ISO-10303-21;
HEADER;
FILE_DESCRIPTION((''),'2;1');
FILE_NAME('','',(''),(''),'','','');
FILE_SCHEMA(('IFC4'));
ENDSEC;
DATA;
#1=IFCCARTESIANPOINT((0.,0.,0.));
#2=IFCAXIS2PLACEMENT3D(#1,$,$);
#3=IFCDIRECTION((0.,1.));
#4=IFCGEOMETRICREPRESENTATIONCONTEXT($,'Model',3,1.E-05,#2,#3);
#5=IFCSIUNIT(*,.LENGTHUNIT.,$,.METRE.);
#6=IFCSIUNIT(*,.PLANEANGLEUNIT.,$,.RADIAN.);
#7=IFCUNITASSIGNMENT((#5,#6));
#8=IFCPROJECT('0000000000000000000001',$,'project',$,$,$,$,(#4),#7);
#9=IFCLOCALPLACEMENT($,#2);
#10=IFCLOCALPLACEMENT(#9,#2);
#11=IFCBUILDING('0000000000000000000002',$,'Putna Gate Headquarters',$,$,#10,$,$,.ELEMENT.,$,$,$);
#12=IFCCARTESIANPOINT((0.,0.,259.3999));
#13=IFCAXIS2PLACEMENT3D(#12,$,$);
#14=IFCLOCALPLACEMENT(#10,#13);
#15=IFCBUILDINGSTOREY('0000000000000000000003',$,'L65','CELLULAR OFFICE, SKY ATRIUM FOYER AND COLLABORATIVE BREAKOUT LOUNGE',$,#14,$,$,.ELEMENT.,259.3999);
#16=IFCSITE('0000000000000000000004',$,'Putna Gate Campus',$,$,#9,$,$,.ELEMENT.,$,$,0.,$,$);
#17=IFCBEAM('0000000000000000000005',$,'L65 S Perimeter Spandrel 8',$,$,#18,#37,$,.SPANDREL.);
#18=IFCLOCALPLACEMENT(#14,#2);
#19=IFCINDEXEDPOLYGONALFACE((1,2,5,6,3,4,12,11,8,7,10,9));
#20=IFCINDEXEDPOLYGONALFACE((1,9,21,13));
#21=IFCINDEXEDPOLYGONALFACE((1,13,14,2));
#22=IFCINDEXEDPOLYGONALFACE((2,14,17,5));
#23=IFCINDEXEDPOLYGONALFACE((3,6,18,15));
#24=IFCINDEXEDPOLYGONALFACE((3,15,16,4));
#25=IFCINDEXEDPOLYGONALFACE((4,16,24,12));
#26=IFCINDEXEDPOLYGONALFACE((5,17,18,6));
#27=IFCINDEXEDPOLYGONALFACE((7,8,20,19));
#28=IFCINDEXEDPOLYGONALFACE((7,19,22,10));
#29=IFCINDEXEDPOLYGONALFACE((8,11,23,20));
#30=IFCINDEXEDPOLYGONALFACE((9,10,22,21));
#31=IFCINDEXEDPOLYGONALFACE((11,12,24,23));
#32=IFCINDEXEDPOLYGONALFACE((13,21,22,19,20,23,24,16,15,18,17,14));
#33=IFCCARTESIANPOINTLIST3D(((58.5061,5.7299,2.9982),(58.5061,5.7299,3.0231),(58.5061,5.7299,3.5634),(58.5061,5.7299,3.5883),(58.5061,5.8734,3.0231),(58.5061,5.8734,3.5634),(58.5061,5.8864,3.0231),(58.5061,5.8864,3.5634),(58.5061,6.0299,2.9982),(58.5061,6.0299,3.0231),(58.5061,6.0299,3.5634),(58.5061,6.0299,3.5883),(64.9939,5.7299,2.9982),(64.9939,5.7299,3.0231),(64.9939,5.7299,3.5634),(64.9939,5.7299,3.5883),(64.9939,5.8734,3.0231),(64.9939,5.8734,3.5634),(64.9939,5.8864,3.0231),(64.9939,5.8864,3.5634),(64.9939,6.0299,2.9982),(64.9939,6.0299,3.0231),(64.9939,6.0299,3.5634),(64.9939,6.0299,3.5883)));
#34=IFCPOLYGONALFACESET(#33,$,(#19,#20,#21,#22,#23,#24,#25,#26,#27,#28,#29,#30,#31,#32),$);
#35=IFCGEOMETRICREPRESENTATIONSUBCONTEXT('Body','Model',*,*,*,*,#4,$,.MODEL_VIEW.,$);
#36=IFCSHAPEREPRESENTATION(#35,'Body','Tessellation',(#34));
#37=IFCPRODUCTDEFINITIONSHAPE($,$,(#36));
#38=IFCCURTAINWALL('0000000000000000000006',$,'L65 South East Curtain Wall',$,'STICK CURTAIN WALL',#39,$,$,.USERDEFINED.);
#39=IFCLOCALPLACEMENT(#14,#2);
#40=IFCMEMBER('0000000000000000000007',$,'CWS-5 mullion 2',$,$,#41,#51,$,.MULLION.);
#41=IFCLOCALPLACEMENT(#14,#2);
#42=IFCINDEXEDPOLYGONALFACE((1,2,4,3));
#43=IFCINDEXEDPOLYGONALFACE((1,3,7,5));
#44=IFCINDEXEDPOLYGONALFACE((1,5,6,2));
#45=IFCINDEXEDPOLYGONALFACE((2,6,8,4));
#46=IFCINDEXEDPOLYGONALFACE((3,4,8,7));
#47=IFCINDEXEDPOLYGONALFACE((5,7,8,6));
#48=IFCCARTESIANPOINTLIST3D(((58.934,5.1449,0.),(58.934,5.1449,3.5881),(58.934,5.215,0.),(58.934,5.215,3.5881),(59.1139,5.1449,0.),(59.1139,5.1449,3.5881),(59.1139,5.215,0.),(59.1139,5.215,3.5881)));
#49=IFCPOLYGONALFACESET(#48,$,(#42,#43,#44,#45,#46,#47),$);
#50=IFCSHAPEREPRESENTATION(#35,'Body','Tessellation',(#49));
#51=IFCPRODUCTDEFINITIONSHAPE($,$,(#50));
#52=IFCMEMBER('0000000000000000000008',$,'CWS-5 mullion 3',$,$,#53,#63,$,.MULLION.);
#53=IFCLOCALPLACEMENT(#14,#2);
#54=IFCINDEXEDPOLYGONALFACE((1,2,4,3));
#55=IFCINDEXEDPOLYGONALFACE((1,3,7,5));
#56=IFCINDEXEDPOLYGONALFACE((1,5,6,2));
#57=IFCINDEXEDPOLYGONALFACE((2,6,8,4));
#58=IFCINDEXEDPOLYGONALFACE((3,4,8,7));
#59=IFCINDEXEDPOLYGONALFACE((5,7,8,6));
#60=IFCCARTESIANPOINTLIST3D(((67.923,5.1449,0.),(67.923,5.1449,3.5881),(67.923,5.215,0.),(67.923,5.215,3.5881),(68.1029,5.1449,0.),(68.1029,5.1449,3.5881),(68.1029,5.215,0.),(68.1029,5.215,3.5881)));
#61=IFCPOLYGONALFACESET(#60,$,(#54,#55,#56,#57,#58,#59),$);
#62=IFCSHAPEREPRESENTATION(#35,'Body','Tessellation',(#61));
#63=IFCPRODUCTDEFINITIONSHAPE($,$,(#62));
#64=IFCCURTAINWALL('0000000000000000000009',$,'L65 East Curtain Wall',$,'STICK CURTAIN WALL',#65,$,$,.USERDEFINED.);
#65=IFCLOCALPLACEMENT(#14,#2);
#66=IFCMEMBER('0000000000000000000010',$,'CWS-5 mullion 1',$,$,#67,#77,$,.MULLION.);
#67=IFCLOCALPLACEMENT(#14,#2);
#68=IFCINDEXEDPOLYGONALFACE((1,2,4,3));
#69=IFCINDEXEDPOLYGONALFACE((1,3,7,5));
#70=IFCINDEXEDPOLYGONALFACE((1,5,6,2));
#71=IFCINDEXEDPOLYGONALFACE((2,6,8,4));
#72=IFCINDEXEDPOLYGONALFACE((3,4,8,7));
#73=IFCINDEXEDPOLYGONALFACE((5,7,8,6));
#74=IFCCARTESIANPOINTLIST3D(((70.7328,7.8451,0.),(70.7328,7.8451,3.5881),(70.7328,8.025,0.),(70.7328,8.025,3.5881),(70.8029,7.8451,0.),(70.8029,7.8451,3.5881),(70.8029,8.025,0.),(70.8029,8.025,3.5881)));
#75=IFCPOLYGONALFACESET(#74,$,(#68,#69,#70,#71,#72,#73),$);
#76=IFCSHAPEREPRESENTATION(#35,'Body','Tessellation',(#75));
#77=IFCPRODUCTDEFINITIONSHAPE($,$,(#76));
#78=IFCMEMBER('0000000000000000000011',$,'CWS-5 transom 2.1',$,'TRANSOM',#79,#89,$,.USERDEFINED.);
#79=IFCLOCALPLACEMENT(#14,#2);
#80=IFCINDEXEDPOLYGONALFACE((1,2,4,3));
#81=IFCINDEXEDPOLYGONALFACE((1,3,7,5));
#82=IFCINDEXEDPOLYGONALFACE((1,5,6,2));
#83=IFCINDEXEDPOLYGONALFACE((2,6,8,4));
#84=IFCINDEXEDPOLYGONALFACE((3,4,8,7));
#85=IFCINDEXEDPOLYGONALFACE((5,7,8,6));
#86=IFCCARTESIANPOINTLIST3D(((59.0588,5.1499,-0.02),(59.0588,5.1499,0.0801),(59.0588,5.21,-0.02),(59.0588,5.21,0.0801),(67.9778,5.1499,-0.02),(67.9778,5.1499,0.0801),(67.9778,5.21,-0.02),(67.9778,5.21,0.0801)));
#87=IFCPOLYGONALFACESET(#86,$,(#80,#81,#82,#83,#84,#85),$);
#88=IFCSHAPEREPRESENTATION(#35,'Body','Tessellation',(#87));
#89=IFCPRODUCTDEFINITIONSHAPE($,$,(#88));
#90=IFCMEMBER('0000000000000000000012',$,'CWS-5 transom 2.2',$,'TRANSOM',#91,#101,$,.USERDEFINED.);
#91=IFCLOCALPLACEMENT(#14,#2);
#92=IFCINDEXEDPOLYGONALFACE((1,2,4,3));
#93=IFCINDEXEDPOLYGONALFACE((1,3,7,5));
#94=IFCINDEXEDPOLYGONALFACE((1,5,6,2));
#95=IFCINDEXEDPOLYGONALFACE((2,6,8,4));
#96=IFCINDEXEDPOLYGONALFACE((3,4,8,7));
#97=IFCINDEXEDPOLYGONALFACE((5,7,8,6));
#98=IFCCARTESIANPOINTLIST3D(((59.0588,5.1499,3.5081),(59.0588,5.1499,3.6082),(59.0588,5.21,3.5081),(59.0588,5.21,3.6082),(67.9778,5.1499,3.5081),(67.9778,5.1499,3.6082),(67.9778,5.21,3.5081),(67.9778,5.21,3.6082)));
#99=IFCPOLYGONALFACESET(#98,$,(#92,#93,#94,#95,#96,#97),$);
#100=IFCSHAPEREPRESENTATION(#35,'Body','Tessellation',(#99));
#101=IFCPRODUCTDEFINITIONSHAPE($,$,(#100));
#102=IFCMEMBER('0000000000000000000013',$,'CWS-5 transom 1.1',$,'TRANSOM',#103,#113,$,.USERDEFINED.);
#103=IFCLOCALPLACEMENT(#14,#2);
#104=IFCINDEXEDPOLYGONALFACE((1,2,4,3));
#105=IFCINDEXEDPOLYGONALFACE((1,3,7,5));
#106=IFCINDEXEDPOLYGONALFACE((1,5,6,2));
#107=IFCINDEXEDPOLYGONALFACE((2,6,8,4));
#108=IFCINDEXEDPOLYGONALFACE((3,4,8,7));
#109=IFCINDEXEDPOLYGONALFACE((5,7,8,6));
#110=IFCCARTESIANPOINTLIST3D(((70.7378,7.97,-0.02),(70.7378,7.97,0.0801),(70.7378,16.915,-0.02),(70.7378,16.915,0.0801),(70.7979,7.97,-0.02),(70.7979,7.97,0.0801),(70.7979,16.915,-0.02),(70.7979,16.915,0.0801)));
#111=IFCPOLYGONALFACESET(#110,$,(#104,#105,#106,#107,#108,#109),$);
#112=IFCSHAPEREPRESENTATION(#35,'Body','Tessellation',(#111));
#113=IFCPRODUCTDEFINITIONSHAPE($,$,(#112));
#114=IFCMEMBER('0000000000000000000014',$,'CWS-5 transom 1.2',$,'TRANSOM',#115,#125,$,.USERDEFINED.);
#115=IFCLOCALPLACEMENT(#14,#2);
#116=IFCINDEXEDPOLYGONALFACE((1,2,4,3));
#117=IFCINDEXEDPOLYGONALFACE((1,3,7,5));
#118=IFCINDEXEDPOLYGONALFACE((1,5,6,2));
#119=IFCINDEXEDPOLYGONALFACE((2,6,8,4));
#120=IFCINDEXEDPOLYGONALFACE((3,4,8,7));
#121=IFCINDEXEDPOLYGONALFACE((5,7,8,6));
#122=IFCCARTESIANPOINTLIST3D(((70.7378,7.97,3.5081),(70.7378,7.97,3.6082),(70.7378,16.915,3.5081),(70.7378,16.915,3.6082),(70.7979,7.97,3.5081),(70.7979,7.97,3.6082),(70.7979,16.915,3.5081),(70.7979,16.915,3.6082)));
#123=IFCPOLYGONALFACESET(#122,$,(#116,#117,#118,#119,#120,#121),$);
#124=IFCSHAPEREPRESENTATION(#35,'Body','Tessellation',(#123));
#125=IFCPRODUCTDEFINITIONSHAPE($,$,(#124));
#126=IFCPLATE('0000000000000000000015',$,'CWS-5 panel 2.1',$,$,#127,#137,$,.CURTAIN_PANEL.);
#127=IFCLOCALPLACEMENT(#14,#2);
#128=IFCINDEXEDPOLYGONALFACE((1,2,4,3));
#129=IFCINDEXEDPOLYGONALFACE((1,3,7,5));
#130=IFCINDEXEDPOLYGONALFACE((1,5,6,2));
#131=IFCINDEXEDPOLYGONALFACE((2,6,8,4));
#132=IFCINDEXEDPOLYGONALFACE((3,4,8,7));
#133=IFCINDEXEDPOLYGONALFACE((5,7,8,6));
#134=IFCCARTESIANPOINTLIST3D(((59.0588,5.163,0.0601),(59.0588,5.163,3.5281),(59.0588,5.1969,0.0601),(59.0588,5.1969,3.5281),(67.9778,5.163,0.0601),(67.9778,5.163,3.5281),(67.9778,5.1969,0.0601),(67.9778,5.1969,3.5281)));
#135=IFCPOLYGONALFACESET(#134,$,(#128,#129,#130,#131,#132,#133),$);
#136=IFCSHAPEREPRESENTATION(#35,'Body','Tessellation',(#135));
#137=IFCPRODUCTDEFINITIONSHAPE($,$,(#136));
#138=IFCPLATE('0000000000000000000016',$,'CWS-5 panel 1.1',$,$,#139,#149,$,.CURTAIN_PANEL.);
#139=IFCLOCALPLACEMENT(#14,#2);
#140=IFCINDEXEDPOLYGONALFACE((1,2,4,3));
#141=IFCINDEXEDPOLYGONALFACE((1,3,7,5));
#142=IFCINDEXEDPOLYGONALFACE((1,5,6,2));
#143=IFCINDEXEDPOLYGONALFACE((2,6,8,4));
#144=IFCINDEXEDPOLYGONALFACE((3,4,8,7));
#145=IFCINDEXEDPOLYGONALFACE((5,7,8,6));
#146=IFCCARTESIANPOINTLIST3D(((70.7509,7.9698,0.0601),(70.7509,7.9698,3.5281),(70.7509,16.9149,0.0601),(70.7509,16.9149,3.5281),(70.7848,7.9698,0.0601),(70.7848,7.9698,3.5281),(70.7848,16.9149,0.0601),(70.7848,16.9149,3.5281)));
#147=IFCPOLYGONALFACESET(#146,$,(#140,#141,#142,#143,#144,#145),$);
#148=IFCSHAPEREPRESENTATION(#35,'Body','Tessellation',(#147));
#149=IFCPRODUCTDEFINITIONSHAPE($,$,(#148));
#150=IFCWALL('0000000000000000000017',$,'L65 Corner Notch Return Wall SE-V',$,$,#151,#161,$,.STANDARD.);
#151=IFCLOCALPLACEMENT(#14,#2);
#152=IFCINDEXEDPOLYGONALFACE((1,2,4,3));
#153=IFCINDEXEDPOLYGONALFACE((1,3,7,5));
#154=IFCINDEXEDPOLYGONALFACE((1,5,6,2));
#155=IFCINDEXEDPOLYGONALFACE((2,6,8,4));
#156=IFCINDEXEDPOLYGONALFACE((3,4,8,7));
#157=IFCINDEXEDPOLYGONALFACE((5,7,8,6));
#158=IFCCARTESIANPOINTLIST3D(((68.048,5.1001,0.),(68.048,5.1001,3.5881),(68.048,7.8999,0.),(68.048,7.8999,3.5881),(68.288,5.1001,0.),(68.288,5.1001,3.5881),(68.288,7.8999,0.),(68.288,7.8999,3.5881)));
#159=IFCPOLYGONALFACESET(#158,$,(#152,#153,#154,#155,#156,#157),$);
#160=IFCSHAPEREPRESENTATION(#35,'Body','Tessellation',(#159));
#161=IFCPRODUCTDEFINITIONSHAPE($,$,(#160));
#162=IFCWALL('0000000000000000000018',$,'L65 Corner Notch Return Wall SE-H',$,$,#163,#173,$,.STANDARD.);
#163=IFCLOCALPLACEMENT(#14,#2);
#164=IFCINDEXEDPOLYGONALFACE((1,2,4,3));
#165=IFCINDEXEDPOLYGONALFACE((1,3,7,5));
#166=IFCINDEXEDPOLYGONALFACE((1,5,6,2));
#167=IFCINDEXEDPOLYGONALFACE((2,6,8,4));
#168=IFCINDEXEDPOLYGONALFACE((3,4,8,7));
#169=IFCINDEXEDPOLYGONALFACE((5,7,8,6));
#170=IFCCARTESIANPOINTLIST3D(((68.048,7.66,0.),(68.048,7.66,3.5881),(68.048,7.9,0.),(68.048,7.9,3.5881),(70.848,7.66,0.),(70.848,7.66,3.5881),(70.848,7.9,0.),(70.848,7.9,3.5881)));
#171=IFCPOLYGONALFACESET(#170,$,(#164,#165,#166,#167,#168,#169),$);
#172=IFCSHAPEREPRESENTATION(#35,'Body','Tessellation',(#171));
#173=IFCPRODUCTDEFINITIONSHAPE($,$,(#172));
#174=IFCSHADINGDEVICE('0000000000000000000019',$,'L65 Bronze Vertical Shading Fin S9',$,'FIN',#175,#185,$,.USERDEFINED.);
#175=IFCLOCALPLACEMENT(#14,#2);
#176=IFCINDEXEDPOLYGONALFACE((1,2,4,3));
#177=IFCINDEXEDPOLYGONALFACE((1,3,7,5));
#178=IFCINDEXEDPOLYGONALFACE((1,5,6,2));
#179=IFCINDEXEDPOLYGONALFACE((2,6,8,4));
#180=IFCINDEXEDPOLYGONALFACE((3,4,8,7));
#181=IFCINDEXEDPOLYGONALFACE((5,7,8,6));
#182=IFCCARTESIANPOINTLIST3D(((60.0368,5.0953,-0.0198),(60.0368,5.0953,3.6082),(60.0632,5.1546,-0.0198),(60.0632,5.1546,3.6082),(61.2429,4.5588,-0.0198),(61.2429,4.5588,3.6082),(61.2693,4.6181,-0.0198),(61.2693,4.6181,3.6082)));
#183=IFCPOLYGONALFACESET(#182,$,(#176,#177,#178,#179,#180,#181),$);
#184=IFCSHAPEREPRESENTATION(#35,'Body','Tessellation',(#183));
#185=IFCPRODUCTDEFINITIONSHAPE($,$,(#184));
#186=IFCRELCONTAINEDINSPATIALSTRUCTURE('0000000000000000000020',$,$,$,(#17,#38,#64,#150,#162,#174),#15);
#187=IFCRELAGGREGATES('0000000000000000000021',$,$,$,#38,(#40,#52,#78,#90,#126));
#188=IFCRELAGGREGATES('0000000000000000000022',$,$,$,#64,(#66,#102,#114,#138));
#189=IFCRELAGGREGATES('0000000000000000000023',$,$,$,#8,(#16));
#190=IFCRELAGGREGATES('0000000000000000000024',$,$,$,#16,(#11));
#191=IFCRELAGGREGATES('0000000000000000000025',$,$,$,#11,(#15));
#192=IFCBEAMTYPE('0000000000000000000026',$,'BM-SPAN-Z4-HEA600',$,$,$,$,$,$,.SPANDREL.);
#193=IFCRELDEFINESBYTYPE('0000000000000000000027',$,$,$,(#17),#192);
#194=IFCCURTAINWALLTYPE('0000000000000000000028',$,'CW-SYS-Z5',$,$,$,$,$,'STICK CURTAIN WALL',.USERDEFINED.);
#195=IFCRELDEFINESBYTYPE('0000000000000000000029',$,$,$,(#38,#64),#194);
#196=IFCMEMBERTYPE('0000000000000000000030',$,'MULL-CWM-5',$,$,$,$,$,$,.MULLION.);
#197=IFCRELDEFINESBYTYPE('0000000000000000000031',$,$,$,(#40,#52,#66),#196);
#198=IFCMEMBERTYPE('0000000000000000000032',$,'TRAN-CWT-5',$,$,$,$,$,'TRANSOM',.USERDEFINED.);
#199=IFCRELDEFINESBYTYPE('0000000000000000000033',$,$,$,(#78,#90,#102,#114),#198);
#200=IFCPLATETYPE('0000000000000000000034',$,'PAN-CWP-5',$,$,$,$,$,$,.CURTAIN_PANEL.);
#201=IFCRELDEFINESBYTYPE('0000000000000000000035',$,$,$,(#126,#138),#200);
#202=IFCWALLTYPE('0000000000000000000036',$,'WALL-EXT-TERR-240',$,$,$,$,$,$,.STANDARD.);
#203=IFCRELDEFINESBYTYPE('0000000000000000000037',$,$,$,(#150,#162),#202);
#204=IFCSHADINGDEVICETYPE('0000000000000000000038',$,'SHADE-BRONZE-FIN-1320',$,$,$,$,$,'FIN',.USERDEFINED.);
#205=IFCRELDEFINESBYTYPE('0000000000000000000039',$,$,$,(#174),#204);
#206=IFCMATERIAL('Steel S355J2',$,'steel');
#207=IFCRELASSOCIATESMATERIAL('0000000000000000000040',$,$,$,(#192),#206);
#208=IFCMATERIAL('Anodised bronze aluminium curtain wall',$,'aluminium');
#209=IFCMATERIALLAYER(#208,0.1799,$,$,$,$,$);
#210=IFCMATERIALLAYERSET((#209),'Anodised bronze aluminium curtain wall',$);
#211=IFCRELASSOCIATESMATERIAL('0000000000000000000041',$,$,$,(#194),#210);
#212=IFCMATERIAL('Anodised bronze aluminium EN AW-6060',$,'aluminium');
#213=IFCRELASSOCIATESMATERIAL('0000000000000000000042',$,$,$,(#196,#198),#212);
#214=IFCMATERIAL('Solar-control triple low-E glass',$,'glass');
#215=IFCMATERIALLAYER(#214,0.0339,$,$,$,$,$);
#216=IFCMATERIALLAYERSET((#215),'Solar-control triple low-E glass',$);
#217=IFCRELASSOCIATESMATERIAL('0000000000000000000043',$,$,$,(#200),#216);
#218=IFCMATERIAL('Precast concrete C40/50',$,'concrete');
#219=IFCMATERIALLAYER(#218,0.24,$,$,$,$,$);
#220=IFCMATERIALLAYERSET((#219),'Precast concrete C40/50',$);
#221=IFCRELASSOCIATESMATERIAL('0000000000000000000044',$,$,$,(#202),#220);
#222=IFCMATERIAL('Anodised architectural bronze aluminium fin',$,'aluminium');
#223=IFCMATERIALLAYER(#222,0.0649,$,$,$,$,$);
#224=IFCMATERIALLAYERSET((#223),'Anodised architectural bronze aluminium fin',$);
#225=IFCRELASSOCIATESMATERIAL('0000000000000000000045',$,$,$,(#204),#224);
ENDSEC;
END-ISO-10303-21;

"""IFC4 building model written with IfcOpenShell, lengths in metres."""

from ifc_helpers import new_model, si_unit, direction, frame, frame_2d, origin, origin_2d, place, context, subcontext, project, spatial, rectangle, i_section, extrude, material, layer, layer_set, material_profile, profile_set, type_object, element, aggregate, save


model = new_model("IFC4")

# Units and contexts
model_context = context("Model", 3, precision=1e-05, world=origin(), true_north=direction((0.0, 1.0)))
body_context = subcontext(model_context, "Body", "Model", "MODEL_VIEW")
ifc_project = project(units=[si_unit("LENGTHUNIT", "METRE"), si_unit("PLANEANGLEUNIT", "RADIAN")], contexts=[model_context])

# Site, building, storey
site_placement = place(None, origin())
site = spatial("IfcSite", under=ifc_project, at=site_placement, Name="Putna Gate Campus", CompositionType="ELEMENT", RefElevation=0.0)
building_placement = place(site_placement, origin())
building = spatial("IfcBuilding", under=site, at=building_placement, Name="Putna Gate Headquarters", CompositionType="ELEMENT")
storey_placement = place(building_placement, frame((0.0, 0.0, 259.3999)))
storey = spatial("IfcBuildingStorey", under=building, at=storey_placement, Name="L65", Description="CELLULAR OFFICE, SKY ATRIUM FOYER AND COLLABORATIVE BREAKOUT LOUNGE", CompositionType="ELEMENT", Elevation=259.3999)

# Beam
ifc_material_1 = material(Name="Steel S355J2", Category="steel")
ifc_material_profile_1 = material_profile(ifc_material_1, i_section(OverallWidth=0.3, OverallDepth=0.5901, WebThickness=0.0129, FlangeThickness=0.0249, at=origin_2d()), Name="Steel S355J2")
ifc_profile_set_1 = profile_set([ifc_material_profile_1], Name="Steel S355J2")
beam_type_1 = type_object("IfcBeamType", Name="BM-SPAN-Z4-HEA600", PredefinedType="SPANDREL", material=ifc_profile_set_1)
beam_1_placement = place(storey_placement, frame((58.5061, 5.8799, 3.2932), z_axis=(1.0, 0.0, 0.0), x_axis=(0.0, 1.0, 0.0)))
element("IfcBeam", 1, at=beam_1_placement, inside=storey, type_object=beam_type_1, Name="L65 S Perimeter Spandrel 8", PredefinedType="SPANDREL", context=body_context, shape_type="SweptSolid", body=[
    extrude(i_section(OverallWidth=0.3, OverallDepth=0.5901, WebThickness=0.0129, FlangeThickness=0.0249, at=origin_2d()), origin(), (0.0, 0.0, 1.0), 6.4878),
])

# Curtain wall, members
ifc_material_2 = material(Name="Anodised bronze aluminium curtain wall", Category="aluminium")
ifc_layer_1 = layer(ifc_material_2, 0.1799)
ifc_layer_set_1 = layer_set([ifc_layer_1], Name="Anodised bronze aluminium curtain wall")
curtain_wall_type = type_object("IfcCurtainWallType", Name="CW-SYS-Z5", ElementType="STICK CURTAIN WALL", PredefinedType="USERDEFINED", material=ifc_layer_set_1)
curtain_wall_1_placement = place(storey_placement, origin())
curtain_wall_1 = element("IfcCurtainWall", 2, at=curtain_wall_1_placement, inside=storey, type_object=curtain_wall_type, Name="L65 South East Curtain Wall", ObjectType="STICK CURTAIN WALL", PredefinedType="USERDEFINED")
ifc_material_3 = material(Name="Anodised bronze aluminium EN AW-6060", Category="aluminium")
ifc_material_profile_2 = material_profile(ifc_material_3, rectangle(XDim=0.0701, YDim=0.1799, at=origin_2d()), Name="Anodised bronze aluminium EN AW-6060")
ifc_profile_set_2 = profile_set([ifc_material_profile_2], Name="Anodised bronze aluminium EN AW-6060")
member_type_1 = type_object("IfcMemberType", Name="MULL-CWM-5", PredefinedType="MULLION", material=ifc_profile_set_2)
member_1_placement = place(storey_placement, frame((59.0239, 5.1799, 0.0), z_axis=(0.0, 0.0, 1.0), x_axis=(0.0, 1.0, 0.0)))
member_1 = element("IfcMember", 3, at=member_1_placement, type_object=member_type_1, Name="CWS-5 mullion 2", PredefinedType="MULLION", context=body_context, shape_type="SweptSolid", body=[
    extrude(rectangle(XDim=0.0701, YDim=0.1799, at=origin_2d()), origin(), (0.0, 0.0, 1.0), 3.5881),
])
member_2_placement = place(storey_placement, frame((68.0129, 5.1799, 0.0), z_axis=(0.0, 0.0, 1.0), x_axis=(0.0, 1.0, 0.0)))
member_2 = element("IfcMember", 4, at=member_2_placement, type_object=member_type_1, Name="CWS-5 mullion 3", PredefinedType="MULLION", context=body_context, shape_type="SweptSolid", body=[
    extrude(rectangle(XDim=0.0701, YDim=0.1799, at=origin_2d()), origin(), (0.0, 0.0, 1.0), 3.5881),
])

# Curtain wall, member
curtain_wall_2_placement = place(storey_placement, origin())
curtain_wall_2 = element("IfcCurtainWall", 5, at=curtain_wall_2_placement, inside=storey, type_object=curtain_wall_type, Name="L65 East Curtain Wall", ObjectType="STICK CURTAIN WALL", PredefinedType="USERDEFINED")
member_3_placement = place(storey_placement, frame((70.7678, 7.9351, 0.0), z_axis=(0.0, 0.0, 1.0), x_axis=(-1.0, 0.0, 0.0)))
member_3 = element("IfcMember", 6, at=member_3_placement, type_object=member_type_1, Name="CWS-5 mullion 1", PredefinedType="MULLION", context=body_context, shape_type="SweptSolid", body=[
    extrude(rectangle(XDim=0.0701, YDim=0.1799, at=origin_2d()), origin(), (0.0, 0.0, 1.0), 3.5881),
])

# Members
ifc_material_profile_3 = material_profile(ifc_material_3, rectangle(XDim=0.0601, YDim=0.1001, at=origin_2d()), Name="Anodised bronze aluminium EN AW-6060")
ifc_profile_set_3 = profile_set([ifc_material_profile_3], Name="Anodised bronze aluminium EN AW-6060")
member_type_2 = type_object("IfcMemberType", Name="TRAN-CWT-5", ElementType="TRANSOM", PredefinedType="USERDEFINED", material=ifc_profile_set_3)
member_4_placement = place(storey_placement, frame((59.0588, 5.1799, 0.03), z_axis=(1.0, 0.0, 0.0), x_axis=(0.0, 1.0, 0.0)))
member_4 = element("IfcMember", 7, at=member_4_placement, type_object=member_type_2, Name="CWS-5 transom 2.1", ObjectType="TRANSOM", PredefinedType="USERDEFINED", context=body_context, shape_type="SweptSolid", body=[
    extrude(rectangle(XDim=0.0601, YDim=0.1001, at=origin_2d()), origin(), (0.0, 0.0, 1.0), 8.9189),
])
member_5_placement = place(storey_placement, frame((59.0588, 5.1799, 3.5581), z_axis=(1.0, 0.0, 0.0), x_axis=(0.0, 1.0, 0.0)))
member_5 = element("IfcMember", 8, at=member_5_placement, type_object=member_type_2, Name="CWS-5 transom 2.2", ObjectType="TRANSOM", PredefinedType="USERDEFINED", context=body_context, shape_type="SweptSolid", body=[
    extrude(rectangle(XDim=0.0601, YDim=0.1001, at=origin_2d()), origin(), (0.0, 0.0, 1.0), 8.9189),
])
member_6_placement = place(storey_placement, frame((70.7678, 7.97, 0.03), z_axis=(0.0, 1.0, 0.0), x_axis=(-1.0, 0.0, 0.0)))
member_6 = element("IfcMember", 9, at=member_6_placement, type_object=member_type_2, Name="CWS-5 transom 1.1", ObjectType="TRANSOM", PredefinedType="USERDEFINED", context=body_context, shape_type="SweptSolid", body=[
    extrude(rectangle(XDim=0.0601, YDim=0.1001, at=origin_2d()), origin(), (0.0, 0.0, 1.0), 8.9451),
])
member_7_placement = place(storey_placement, frame((70.7678, 7.97, 3.5581), z_axis=(0.0, 1.0, 0.0), x_axis=(-1.0, 0.0, 0.0)))
member_7 = element("IfcMember", 10, at=member_7_placement, type_object=member_type_2, Name="CWS-5 transom 1.2", ObjectType="TRANSOM", PredefinedType="USERDEFINED", context=body_context, shape_type="SweptSolid", body=[
    extrude(rectangle(XDim=0.0601, YDim=0.1001, at=origin_2d()), origin(), (0.0, 0.0, 1.0), 8.9451),
])

# Plates
ifc_material_4 = material(Name="Solar-control triple low-E glass", Category="glass")
ifc_layer_2 = layer(ifc_material_4, 0.0339)
ifc_layer_set_2 = layer_set([ifc_layer_2], Name="Solar-control triple low-E glass")
plate_type = type_object("IfcPlateType", Name="PAN-CWP-5", PredefinedType="CURTAIN_PANEL", material=ifc_layer_set_2)
plate_1_placement = place(storey_placement, frame((63.5183, 5.1799, 0.0601), z_axis=(0.0, 0.0, 1.0), x_axis=(1.0, 0.0, 0.0)))
plate_1 = element("IfcPlate", 11, at=plate_1_placement, type_object=plate_type, Name="CWS-5 panel 2.1", PredefinedType="CURTAIN_PANEL", context=body_context, shape_type="SweptSolid", body=[
    extrude(rectangle(XDim=8.9189, YDim=0.0339, at=origin_2d()), origin(), (0.0, 0.0, 1.0), 3.468),
])
aggregate(curtain_wall_1, [member_1, member_2, member_4, member_5, plate_1])
plate_2_placement = place(storey_placement, frame((70.7678, 12.4424, 0.0601), z_axis=(0.0, 0.0, 1.0), x_axis=(0.0, 1.0, 0.0)))
plate_2 = element("IfcPlate", 12, at=plate_2_placement, type_object=plate_type, Name="CWS-5 panel 1.1", PredefinedType="CURTAIN_PANEL", context=body_context, shape_type="SweptSolid", body=[
    extrude(rectangle(XDim=8.9451, YDim=0.0339, at=origin_2d()), origin(), (0.0, 0.0, 1.0), 3.468),
])
aggregate(curtain_wall_2, [member_3, member_6, member_7, plate_2])

# Walls
ifc_material_5 = material(Name="Precast concrete C40/50", Category="concrete")
ifc_layer_3 = layer(ifc_material_5, 0.24)
ifc_layer_set_3 = layer_set([ifc_layer_3], Name="Precast concrete C40/50")
wall_type = type_object("IfcWallType", Name="WALL-EXT-TERR-240", PredefinedType="STANDARD", material=ifc_layer_set_3)
wall_1_placement = place(storey_placement, frame((68.168, 7.8999, 0.0), z_axis=(0.0, 0.0, 1.0), x_axis=(0.0, -1.0, 0.0)))
element("IfcWall", 13, at=wall_1_placement, inside=storey, type_object=wall_type, Name="L65 Corner Notch Return Wall SE-V", PredefinedType="STANDARD", context=body_context, shape_type="SweptSolid", body=[
    extrude(rectangle(XDim=2.7998, YDim=0.24, at=frame_2d((1.3999, 0.0))), origin(), (0.0, 0.0, 1.0), 3.5881),
])
wall_2_placement = place(storey_placement, frame((70.8479, 7.78, 0.0), z_axis=(0.0, 0.0, 1.0), x_axis=(-1.0, 0.0, 0.0)))
element("IfcWall", 14, at=wall_2_placement, inside=storey, type_object=wall_type, Name="L65 Corner Notch Return Wall SE-H", PredefinedType="STANDARD", context=body_context, shape_type="SweptSolid", body=[
    extrude(rectangle(XDim=2.8, YDim=0.24, at=frame_2d((1.3999, 0.0))), origin(), (0.0, 0.0, 1.0), 3.5881),
])

# Shading device
ifc_material_6 = material(Name="Anodised architectural bronze aluminium fin", Category="aluminium")
ifc_layer_4 = layer(ifc_material_6, 0.0649)
ifc_layer_set_4 = layer_set([ifc_layer_4], Name="Anodised architectural bronze aluminium fin")
shading_device_type = type_object("IfcShadingDeviceType", Name="SHADE-BRONZE-FIN-1320", ElementType="FIN", PredefinedType="USERDEFINED", material=ifc_layer_set_4)
for number, where, z_axis, x_axis, name in (
    (15, (60.6531, 4.8567, -0.0198), (0.0, 0.0, 1.0), (0.913687, -0.406418, 0.0), "L65 Bronze Vertical Shading Fin S9"),
):
    element("IfcShadingDevice", number, at=place(storey_placement, frame(where, z_axis=z_axis, x_axis=x_axis)), inside=storey, type_object=shading_device_type, Name=name, ObjectType="FIN", PredefinedType="USERDEFINED", context=body_context, shape_type="SweptSolid", body=[
        extrude(rectangle(XDim=1.3201, YDim=0.0649, at=origin_2d()), origin(), (0.0, 0.0, 1.0), 3.6279),
    ])

save(model, "model.ifc")
